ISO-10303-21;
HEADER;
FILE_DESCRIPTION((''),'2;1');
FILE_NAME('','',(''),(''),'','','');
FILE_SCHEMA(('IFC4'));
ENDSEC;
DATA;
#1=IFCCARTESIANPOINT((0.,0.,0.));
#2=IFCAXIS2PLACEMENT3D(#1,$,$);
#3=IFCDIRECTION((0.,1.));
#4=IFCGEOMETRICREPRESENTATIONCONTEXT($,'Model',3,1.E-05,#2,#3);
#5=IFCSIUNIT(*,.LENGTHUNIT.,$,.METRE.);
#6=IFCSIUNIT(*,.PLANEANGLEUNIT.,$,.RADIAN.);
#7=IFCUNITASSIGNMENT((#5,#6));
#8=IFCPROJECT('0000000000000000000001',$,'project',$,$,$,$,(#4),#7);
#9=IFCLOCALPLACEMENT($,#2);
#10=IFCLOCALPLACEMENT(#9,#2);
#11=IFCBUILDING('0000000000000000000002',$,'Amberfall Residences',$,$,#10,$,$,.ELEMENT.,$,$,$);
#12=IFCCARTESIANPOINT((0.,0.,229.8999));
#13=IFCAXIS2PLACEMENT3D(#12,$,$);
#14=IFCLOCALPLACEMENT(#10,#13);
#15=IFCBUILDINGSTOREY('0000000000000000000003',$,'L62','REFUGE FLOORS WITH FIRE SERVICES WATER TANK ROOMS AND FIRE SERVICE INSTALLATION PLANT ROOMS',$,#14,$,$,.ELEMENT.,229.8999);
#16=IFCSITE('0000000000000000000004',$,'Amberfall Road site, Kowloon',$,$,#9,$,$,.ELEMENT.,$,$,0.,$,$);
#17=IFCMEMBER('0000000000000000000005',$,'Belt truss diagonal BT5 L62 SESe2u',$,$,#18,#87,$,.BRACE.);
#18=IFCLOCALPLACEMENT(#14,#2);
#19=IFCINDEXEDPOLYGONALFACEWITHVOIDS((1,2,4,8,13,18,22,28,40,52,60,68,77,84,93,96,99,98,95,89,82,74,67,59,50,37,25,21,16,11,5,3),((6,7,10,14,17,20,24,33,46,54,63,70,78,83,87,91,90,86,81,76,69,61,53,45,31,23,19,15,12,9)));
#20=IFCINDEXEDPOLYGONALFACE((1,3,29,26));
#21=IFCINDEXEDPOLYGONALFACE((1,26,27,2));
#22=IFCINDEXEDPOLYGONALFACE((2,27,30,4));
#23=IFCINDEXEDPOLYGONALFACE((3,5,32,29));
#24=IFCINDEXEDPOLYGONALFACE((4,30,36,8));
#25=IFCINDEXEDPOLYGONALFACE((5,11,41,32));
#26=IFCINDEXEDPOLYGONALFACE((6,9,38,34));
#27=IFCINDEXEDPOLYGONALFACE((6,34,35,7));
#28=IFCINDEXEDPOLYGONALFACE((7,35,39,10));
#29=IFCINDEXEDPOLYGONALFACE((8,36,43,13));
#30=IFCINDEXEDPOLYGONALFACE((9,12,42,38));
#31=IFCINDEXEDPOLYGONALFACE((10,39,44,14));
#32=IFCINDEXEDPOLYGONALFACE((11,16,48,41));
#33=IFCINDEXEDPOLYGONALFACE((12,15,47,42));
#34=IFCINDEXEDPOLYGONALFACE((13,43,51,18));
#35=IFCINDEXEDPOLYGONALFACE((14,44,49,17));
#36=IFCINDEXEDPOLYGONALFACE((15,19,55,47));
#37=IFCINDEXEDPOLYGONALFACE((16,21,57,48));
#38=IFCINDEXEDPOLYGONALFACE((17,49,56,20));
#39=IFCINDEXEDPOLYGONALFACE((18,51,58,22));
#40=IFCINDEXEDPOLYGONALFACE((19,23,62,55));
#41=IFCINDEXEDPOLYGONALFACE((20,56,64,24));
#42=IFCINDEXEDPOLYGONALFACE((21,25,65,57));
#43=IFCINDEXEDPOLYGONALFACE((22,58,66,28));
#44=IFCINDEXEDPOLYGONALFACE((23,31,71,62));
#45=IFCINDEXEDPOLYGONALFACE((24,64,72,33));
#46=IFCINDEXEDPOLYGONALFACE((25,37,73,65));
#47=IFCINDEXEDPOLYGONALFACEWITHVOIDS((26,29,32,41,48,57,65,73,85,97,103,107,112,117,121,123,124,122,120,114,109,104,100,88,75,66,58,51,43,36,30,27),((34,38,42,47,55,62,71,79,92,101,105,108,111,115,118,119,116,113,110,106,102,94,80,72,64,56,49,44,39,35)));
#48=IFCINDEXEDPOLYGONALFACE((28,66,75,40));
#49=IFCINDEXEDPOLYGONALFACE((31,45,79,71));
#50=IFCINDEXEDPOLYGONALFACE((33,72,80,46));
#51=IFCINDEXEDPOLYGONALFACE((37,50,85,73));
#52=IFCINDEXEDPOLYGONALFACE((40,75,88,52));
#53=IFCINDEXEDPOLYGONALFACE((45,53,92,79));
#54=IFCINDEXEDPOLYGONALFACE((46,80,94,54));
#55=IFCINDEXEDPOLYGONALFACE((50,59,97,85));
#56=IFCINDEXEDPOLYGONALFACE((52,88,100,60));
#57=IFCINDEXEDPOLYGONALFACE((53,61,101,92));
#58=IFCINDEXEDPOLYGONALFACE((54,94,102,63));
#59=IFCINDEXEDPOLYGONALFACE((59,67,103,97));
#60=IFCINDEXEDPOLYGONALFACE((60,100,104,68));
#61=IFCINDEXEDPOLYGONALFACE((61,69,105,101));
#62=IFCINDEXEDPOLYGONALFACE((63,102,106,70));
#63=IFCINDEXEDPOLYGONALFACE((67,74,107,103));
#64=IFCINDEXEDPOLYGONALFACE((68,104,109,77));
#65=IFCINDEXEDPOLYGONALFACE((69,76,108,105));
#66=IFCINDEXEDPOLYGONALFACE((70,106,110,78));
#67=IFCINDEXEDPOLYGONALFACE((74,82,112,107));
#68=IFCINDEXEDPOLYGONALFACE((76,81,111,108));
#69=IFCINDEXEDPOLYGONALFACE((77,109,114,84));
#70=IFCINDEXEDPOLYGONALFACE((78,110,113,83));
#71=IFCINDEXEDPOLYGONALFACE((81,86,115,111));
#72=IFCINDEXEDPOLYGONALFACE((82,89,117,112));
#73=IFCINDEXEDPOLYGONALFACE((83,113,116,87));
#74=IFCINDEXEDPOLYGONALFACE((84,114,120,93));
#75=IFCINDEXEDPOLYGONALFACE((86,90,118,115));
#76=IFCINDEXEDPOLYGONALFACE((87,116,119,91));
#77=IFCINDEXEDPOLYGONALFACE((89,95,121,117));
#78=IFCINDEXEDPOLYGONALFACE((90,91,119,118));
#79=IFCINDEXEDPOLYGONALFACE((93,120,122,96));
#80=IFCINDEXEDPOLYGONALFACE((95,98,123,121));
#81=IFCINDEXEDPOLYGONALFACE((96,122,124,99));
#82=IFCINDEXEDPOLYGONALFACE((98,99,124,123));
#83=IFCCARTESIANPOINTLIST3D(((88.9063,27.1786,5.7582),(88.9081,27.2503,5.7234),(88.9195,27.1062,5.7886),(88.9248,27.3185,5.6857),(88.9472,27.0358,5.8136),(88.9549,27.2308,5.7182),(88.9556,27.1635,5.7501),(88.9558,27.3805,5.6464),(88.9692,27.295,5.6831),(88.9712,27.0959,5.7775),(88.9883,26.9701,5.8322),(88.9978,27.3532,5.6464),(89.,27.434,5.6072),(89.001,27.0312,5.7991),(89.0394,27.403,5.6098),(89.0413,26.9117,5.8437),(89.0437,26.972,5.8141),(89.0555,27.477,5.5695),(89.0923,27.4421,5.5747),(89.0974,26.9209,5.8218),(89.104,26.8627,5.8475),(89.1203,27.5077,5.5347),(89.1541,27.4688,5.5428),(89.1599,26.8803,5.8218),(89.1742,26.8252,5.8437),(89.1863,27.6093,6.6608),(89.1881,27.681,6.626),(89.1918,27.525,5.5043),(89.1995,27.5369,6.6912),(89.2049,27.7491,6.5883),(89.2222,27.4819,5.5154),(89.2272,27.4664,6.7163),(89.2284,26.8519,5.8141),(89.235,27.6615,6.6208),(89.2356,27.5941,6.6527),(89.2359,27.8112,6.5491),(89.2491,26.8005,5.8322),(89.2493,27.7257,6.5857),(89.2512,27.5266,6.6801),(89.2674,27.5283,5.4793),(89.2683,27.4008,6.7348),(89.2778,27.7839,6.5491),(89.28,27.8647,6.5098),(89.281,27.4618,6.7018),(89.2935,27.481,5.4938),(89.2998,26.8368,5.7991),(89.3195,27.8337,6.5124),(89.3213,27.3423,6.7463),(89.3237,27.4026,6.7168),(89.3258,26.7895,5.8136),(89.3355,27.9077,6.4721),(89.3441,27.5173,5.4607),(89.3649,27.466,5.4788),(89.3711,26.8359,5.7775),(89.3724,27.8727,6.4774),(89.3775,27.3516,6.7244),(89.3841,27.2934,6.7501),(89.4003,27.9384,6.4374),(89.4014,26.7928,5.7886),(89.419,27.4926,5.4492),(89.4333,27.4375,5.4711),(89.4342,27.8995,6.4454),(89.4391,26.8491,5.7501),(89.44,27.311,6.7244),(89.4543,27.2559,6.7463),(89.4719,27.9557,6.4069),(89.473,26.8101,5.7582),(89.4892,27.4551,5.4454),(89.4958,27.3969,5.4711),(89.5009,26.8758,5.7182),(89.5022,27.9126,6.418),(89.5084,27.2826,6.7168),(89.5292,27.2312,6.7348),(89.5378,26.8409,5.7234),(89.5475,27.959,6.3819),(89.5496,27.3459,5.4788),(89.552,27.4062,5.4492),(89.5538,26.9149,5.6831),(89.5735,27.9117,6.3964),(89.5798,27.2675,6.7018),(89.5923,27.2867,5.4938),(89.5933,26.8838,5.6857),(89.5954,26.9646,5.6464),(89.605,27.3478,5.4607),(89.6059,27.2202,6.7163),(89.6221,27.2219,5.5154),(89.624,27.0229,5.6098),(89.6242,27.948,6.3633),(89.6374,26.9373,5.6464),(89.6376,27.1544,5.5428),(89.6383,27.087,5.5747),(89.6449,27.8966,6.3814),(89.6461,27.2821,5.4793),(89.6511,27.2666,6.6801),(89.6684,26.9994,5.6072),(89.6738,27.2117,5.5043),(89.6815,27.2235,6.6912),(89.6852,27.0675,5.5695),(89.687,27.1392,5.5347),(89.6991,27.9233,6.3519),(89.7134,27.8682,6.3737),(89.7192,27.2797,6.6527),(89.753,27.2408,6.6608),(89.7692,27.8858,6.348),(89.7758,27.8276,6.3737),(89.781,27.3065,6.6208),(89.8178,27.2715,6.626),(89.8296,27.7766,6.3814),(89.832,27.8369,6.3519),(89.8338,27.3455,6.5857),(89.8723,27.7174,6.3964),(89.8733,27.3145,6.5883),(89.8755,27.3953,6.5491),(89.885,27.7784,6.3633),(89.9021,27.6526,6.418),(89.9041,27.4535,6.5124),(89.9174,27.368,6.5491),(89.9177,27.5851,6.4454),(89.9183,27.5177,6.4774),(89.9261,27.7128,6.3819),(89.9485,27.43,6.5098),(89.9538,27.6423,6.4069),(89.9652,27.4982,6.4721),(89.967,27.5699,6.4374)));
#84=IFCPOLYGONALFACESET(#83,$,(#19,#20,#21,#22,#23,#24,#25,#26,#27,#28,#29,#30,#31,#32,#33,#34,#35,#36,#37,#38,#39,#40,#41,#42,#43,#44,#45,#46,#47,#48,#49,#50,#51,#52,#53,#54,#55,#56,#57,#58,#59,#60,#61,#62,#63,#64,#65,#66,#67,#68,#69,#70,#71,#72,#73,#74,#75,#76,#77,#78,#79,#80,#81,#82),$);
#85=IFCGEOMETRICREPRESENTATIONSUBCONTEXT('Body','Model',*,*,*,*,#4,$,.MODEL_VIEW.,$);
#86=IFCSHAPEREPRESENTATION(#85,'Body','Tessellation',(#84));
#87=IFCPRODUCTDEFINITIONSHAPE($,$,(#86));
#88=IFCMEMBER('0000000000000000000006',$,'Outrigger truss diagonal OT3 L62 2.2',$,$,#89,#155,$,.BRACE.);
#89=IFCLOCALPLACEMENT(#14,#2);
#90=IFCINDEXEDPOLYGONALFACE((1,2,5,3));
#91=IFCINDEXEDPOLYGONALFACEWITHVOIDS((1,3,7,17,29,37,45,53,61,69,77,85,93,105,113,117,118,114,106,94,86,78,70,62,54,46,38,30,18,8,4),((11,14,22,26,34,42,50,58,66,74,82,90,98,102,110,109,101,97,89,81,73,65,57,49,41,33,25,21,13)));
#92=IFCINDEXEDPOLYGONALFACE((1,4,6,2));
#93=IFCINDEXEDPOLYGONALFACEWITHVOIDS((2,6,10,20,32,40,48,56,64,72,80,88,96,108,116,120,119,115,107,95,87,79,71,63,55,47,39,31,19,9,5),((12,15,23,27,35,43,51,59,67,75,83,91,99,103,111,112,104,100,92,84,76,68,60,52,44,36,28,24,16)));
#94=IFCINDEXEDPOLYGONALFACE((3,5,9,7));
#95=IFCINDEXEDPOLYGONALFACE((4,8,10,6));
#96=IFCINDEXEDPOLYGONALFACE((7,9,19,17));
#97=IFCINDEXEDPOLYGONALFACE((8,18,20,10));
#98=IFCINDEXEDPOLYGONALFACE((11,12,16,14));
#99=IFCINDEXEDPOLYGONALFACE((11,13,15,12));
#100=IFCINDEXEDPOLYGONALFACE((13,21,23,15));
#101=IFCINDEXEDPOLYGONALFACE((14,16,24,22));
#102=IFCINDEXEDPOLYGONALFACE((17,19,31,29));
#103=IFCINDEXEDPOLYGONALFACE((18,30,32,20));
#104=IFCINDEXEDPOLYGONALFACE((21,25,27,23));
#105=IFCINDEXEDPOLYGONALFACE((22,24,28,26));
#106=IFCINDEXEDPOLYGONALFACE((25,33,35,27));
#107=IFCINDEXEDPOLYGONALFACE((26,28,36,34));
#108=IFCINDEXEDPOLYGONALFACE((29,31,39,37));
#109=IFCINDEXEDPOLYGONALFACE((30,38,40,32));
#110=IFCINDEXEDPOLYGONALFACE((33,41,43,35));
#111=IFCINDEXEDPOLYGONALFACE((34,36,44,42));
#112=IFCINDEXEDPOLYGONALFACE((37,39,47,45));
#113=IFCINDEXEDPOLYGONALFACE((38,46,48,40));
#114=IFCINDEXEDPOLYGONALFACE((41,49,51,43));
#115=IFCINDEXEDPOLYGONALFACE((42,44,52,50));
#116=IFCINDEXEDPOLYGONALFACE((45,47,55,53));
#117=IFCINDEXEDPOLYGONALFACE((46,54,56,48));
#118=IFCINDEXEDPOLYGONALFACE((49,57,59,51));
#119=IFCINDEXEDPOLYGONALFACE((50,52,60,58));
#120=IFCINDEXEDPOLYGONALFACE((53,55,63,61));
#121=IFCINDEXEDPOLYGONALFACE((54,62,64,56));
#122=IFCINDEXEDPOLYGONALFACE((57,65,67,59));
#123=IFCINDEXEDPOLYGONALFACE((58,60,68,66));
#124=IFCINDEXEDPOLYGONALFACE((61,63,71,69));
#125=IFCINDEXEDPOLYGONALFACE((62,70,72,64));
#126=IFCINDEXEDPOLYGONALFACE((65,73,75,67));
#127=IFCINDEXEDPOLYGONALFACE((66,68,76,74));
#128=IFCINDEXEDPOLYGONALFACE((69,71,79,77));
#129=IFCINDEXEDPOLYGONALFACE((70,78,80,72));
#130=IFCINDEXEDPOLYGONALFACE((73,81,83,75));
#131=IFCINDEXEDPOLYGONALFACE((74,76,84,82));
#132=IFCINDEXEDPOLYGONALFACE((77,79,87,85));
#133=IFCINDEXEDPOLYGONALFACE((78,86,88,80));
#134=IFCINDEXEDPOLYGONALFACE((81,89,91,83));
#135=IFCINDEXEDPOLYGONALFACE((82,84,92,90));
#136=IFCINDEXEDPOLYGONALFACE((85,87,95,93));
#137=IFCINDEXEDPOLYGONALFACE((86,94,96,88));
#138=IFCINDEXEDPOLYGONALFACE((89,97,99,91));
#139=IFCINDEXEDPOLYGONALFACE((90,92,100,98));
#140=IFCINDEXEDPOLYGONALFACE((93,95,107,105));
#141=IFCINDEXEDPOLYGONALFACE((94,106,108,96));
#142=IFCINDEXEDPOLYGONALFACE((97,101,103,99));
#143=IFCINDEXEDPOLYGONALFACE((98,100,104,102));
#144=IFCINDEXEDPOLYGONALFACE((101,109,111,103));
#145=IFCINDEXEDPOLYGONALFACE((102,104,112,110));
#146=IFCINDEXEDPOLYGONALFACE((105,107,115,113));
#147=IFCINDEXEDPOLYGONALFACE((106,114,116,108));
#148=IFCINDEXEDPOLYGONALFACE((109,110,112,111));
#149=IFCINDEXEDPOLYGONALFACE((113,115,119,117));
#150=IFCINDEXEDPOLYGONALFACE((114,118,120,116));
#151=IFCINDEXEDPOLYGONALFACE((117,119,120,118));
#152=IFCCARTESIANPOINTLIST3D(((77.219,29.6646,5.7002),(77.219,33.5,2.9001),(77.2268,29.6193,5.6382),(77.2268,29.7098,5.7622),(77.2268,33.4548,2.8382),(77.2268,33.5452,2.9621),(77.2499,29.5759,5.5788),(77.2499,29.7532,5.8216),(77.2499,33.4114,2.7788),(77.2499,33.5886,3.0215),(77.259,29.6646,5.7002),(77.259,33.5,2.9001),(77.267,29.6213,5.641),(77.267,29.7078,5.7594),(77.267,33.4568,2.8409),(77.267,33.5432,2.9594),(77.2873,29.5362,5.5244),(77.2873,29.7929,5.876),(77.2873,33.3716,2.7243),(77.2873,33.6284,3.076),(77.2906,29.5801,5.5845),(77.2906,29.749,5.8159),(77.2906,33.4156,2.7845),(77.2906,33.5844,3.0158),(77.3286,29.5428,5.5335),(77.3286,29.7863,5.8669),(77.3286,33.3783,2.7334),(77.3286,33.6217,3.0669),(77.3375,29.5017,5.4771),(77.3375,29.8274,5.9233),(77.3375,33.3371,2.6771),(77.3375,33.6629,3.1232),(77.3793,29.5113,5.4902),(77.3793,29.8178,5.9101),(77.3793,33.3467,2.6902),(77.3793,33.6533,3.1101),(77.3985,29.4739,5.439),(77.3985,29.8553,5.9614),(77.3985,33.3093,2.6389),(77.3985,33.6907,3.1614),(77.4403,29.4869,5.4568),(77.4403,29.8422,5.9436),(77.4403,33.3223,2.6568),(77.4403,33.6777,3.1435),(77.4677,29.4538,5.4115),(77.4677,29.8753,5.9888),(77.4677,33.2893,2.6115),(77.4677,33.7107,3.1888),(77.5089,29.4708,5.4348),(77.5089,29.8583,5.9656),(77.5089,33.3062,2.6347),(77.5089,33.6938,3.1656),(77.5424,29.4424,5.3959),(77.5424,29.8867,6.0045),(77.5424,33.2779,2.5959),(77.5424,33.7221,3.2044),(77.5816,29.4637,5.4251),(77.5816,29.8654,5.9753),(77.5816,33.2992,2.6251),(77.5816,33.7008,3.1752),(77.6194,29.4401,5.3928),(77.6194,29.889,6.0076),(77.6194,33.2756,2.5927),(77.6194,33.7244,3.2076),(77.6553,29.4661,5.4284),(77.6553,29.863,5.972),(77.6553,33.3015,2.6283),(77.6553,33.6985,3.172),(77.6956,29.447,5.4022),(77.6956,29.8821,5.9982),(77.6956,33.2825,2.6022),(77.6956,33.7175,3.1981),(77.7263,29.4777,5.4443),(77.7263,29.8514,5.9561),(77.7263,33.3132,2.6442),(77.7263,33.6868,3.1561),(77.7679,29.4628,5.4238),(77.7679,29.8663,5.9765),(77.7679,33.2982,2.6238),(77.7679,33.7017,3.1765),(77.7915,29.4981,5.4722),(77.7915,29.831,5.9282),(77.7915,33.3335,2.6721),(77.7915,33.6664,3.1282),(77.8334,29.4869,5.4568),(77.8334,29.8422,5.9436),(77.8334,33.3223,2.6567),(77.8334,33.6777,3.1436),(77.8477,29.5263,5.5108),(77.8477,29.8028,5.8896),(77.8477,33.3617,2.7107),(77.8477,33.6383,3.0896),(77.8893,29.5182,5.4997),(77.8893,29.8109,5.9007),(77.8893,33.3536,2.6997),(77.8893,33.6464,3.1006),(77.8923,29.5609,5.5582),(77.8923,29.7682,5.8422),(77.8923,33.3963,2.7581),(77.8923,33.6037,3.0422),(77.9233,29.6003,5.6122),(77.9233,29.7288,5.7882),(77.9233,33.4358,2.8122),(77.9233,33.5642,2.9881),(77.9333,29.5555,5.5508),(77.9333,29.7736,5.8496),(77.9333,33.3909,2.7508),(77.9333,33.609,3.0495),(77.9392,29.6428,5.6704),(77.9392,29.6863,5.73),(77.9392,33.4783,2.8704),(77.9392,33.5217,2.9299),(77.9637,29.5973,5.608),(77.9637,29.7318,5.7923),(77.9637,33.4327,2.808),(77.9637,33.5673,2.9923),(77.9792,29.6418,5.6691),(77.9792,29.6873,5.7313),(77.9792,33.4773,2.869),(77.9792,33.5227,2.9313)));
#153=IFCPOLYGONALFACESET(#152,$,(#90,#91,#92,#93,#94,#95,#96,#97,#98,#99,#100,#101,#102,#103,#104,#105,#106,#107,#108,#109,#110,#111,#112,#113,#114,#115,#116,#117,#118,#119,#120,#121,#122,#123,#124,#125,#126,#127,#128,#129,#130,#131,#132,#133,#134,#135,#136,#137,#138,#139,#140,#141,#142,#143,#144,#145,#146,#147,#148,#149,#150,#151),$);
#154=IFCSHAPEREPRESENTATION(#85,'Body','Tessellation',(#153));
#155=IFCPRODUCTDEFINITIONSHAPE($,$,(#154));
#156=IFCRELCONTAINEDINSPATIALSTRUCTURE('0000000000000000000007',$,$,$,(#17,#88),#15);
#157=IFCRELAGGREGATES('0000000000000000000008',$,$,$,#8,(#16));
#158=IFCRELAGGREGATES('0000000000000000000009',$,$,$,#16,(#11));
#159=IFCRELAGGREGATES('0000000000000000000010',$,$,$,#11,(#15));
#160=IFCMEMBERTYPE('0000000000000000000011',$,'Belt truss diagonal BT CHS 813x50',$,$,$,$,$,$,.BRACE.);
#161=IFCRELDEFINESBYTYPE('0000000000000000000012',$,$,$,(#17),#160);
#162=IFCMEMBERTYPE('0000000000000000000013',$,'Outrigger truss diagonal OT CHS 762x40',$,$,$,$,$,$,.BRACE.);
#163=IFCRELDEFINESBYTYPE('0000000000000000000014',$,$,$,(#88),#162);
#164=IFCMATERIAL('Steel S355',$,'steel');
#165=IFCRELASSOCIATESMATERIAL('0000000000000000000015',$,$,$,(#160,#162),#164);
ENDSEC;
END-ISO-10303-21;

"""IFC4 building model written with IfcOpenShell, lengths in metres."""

from ifc_helpers import new_model, si_unit, direction, frame, origin, origin_2d, place, context, subcontext, project, spatial, hollow_circle, extrude, material, material_profile, profile_set, type_object, element, save


model = new_model("IFC4")

# Units and contexts
model_context = context("Model", 3, precision=1e-05, world=origin(), true_north=direction((0.0, 1.0)))
body_context = subcontext(model_context, "Body", "Model", "MODEL_VIEW")
ifc_project = project(units=[si_unit("LENGTHUNIT", "METRE"), si_unit("PLANEANGLEUNIT", "RADIAN")], contexts=[model_context])

# Site, building, storey
site_placement = place(None, origin())
site = spatial("IfcSite", under=ifc_project, at=site_placement, Name="Amberfall Road site, Kowloon", CompositionType="ELEMENT", RefElevation=0.0)
building_placement = place(site_placement, origin())
building = spatial("IfcBuilding", under=site, at=building_placement, Name="Amberfall Residences", CompositionType="ELEMENT")
storey_placement = place(building_placement, frame((0.0, 0.0, 229.8999)))
storey = spatial("IfcBuildingStorey", under=building, at=storey_placement, Name="L62", Description="REFUGE FLOORS WITH FIRE SERVICES WATER TANK ROOMS AND FIRE SERVICE INSTALLATION PLANT ROOMS", CompositionType="ELEMENT", Elevation=229.8999)

# Shared definitions
ifc_material_1 = material(Name="Steel S355", Category="steel")

# Members
ifc_material_profile_1 = material_profile(ifc_material_1, hollow_circle(Radius=0.4065, WallThickness=0.05, at=origin_2d()), Name="CHS 813x50")
ifc_profile_set_1 = profile_set([ifc_material_profile_1], Name="Steel S355")
member_type_1 = type_object("IfcMemberType", Name="Belt truss diagonal BT CHS 813x50", PredefinedType="BRACE", material=ifc_profile_set_1)
member_1_placement = place(storey_placement, frame((89.5767, 27.5896, 6.5491), z_axis=(-0.269639, -0.414685, -0.869098), x_axis=(0.838357, -0.545122, 0.0)))
element("IfcMember", 1, at=member_1_placement, inside=storey, type_object=member_type_1, Name="Belt truss diagonal BT5 L62 SESe2u", PredefinedType="BRACE", context=body_context, shape_type="SweptSolid", body=[
    extrude(hollow_circle(Radius=0.4065, WallThickness=0.05, at=origin_2d()), origin(), (0.0, 0.0, 1.0), 1.0386),
])
ifc_material_profile_2 = material_profile(ifc_material_1, hollow_circle(Radius=0.3811, WallThickness=0.04, at=origin_2d()), Name="CHS 762x40")
ifc_profile_set_2 = profile_set([ifc_material_profile_2], Name="Steel S355")
member_type_2 = type_object("IfcMemberType", Name="Outrigger truss diagonal OT CHS 762x40", PredefinedType="BRACE", material=ifc_profile_set_2)
member_2_placement = place(storey_placement, frame((77.6001, 29.6646, 5.7002), z_axis=(0.0, 0.80767, -0.589635), x_axis=(-1.0, 0.0, 0.0)))
element("IfcMember", 2, at=member_2_placement, inside=storey, type_object=member_type_2, Name="Outrigger truss diagonal OT3 L62 2.2", PredefinedType="BRACE", context=body_context, shape_type="SweptSolid", body=[
    extrude(hollow_circle(Radius=0.3811, WallThickness=0.04, at=origin_2d()), origin(), (0.0, 0.0, 1.0), 4.7488),
])

save(model, "model.ifc")
